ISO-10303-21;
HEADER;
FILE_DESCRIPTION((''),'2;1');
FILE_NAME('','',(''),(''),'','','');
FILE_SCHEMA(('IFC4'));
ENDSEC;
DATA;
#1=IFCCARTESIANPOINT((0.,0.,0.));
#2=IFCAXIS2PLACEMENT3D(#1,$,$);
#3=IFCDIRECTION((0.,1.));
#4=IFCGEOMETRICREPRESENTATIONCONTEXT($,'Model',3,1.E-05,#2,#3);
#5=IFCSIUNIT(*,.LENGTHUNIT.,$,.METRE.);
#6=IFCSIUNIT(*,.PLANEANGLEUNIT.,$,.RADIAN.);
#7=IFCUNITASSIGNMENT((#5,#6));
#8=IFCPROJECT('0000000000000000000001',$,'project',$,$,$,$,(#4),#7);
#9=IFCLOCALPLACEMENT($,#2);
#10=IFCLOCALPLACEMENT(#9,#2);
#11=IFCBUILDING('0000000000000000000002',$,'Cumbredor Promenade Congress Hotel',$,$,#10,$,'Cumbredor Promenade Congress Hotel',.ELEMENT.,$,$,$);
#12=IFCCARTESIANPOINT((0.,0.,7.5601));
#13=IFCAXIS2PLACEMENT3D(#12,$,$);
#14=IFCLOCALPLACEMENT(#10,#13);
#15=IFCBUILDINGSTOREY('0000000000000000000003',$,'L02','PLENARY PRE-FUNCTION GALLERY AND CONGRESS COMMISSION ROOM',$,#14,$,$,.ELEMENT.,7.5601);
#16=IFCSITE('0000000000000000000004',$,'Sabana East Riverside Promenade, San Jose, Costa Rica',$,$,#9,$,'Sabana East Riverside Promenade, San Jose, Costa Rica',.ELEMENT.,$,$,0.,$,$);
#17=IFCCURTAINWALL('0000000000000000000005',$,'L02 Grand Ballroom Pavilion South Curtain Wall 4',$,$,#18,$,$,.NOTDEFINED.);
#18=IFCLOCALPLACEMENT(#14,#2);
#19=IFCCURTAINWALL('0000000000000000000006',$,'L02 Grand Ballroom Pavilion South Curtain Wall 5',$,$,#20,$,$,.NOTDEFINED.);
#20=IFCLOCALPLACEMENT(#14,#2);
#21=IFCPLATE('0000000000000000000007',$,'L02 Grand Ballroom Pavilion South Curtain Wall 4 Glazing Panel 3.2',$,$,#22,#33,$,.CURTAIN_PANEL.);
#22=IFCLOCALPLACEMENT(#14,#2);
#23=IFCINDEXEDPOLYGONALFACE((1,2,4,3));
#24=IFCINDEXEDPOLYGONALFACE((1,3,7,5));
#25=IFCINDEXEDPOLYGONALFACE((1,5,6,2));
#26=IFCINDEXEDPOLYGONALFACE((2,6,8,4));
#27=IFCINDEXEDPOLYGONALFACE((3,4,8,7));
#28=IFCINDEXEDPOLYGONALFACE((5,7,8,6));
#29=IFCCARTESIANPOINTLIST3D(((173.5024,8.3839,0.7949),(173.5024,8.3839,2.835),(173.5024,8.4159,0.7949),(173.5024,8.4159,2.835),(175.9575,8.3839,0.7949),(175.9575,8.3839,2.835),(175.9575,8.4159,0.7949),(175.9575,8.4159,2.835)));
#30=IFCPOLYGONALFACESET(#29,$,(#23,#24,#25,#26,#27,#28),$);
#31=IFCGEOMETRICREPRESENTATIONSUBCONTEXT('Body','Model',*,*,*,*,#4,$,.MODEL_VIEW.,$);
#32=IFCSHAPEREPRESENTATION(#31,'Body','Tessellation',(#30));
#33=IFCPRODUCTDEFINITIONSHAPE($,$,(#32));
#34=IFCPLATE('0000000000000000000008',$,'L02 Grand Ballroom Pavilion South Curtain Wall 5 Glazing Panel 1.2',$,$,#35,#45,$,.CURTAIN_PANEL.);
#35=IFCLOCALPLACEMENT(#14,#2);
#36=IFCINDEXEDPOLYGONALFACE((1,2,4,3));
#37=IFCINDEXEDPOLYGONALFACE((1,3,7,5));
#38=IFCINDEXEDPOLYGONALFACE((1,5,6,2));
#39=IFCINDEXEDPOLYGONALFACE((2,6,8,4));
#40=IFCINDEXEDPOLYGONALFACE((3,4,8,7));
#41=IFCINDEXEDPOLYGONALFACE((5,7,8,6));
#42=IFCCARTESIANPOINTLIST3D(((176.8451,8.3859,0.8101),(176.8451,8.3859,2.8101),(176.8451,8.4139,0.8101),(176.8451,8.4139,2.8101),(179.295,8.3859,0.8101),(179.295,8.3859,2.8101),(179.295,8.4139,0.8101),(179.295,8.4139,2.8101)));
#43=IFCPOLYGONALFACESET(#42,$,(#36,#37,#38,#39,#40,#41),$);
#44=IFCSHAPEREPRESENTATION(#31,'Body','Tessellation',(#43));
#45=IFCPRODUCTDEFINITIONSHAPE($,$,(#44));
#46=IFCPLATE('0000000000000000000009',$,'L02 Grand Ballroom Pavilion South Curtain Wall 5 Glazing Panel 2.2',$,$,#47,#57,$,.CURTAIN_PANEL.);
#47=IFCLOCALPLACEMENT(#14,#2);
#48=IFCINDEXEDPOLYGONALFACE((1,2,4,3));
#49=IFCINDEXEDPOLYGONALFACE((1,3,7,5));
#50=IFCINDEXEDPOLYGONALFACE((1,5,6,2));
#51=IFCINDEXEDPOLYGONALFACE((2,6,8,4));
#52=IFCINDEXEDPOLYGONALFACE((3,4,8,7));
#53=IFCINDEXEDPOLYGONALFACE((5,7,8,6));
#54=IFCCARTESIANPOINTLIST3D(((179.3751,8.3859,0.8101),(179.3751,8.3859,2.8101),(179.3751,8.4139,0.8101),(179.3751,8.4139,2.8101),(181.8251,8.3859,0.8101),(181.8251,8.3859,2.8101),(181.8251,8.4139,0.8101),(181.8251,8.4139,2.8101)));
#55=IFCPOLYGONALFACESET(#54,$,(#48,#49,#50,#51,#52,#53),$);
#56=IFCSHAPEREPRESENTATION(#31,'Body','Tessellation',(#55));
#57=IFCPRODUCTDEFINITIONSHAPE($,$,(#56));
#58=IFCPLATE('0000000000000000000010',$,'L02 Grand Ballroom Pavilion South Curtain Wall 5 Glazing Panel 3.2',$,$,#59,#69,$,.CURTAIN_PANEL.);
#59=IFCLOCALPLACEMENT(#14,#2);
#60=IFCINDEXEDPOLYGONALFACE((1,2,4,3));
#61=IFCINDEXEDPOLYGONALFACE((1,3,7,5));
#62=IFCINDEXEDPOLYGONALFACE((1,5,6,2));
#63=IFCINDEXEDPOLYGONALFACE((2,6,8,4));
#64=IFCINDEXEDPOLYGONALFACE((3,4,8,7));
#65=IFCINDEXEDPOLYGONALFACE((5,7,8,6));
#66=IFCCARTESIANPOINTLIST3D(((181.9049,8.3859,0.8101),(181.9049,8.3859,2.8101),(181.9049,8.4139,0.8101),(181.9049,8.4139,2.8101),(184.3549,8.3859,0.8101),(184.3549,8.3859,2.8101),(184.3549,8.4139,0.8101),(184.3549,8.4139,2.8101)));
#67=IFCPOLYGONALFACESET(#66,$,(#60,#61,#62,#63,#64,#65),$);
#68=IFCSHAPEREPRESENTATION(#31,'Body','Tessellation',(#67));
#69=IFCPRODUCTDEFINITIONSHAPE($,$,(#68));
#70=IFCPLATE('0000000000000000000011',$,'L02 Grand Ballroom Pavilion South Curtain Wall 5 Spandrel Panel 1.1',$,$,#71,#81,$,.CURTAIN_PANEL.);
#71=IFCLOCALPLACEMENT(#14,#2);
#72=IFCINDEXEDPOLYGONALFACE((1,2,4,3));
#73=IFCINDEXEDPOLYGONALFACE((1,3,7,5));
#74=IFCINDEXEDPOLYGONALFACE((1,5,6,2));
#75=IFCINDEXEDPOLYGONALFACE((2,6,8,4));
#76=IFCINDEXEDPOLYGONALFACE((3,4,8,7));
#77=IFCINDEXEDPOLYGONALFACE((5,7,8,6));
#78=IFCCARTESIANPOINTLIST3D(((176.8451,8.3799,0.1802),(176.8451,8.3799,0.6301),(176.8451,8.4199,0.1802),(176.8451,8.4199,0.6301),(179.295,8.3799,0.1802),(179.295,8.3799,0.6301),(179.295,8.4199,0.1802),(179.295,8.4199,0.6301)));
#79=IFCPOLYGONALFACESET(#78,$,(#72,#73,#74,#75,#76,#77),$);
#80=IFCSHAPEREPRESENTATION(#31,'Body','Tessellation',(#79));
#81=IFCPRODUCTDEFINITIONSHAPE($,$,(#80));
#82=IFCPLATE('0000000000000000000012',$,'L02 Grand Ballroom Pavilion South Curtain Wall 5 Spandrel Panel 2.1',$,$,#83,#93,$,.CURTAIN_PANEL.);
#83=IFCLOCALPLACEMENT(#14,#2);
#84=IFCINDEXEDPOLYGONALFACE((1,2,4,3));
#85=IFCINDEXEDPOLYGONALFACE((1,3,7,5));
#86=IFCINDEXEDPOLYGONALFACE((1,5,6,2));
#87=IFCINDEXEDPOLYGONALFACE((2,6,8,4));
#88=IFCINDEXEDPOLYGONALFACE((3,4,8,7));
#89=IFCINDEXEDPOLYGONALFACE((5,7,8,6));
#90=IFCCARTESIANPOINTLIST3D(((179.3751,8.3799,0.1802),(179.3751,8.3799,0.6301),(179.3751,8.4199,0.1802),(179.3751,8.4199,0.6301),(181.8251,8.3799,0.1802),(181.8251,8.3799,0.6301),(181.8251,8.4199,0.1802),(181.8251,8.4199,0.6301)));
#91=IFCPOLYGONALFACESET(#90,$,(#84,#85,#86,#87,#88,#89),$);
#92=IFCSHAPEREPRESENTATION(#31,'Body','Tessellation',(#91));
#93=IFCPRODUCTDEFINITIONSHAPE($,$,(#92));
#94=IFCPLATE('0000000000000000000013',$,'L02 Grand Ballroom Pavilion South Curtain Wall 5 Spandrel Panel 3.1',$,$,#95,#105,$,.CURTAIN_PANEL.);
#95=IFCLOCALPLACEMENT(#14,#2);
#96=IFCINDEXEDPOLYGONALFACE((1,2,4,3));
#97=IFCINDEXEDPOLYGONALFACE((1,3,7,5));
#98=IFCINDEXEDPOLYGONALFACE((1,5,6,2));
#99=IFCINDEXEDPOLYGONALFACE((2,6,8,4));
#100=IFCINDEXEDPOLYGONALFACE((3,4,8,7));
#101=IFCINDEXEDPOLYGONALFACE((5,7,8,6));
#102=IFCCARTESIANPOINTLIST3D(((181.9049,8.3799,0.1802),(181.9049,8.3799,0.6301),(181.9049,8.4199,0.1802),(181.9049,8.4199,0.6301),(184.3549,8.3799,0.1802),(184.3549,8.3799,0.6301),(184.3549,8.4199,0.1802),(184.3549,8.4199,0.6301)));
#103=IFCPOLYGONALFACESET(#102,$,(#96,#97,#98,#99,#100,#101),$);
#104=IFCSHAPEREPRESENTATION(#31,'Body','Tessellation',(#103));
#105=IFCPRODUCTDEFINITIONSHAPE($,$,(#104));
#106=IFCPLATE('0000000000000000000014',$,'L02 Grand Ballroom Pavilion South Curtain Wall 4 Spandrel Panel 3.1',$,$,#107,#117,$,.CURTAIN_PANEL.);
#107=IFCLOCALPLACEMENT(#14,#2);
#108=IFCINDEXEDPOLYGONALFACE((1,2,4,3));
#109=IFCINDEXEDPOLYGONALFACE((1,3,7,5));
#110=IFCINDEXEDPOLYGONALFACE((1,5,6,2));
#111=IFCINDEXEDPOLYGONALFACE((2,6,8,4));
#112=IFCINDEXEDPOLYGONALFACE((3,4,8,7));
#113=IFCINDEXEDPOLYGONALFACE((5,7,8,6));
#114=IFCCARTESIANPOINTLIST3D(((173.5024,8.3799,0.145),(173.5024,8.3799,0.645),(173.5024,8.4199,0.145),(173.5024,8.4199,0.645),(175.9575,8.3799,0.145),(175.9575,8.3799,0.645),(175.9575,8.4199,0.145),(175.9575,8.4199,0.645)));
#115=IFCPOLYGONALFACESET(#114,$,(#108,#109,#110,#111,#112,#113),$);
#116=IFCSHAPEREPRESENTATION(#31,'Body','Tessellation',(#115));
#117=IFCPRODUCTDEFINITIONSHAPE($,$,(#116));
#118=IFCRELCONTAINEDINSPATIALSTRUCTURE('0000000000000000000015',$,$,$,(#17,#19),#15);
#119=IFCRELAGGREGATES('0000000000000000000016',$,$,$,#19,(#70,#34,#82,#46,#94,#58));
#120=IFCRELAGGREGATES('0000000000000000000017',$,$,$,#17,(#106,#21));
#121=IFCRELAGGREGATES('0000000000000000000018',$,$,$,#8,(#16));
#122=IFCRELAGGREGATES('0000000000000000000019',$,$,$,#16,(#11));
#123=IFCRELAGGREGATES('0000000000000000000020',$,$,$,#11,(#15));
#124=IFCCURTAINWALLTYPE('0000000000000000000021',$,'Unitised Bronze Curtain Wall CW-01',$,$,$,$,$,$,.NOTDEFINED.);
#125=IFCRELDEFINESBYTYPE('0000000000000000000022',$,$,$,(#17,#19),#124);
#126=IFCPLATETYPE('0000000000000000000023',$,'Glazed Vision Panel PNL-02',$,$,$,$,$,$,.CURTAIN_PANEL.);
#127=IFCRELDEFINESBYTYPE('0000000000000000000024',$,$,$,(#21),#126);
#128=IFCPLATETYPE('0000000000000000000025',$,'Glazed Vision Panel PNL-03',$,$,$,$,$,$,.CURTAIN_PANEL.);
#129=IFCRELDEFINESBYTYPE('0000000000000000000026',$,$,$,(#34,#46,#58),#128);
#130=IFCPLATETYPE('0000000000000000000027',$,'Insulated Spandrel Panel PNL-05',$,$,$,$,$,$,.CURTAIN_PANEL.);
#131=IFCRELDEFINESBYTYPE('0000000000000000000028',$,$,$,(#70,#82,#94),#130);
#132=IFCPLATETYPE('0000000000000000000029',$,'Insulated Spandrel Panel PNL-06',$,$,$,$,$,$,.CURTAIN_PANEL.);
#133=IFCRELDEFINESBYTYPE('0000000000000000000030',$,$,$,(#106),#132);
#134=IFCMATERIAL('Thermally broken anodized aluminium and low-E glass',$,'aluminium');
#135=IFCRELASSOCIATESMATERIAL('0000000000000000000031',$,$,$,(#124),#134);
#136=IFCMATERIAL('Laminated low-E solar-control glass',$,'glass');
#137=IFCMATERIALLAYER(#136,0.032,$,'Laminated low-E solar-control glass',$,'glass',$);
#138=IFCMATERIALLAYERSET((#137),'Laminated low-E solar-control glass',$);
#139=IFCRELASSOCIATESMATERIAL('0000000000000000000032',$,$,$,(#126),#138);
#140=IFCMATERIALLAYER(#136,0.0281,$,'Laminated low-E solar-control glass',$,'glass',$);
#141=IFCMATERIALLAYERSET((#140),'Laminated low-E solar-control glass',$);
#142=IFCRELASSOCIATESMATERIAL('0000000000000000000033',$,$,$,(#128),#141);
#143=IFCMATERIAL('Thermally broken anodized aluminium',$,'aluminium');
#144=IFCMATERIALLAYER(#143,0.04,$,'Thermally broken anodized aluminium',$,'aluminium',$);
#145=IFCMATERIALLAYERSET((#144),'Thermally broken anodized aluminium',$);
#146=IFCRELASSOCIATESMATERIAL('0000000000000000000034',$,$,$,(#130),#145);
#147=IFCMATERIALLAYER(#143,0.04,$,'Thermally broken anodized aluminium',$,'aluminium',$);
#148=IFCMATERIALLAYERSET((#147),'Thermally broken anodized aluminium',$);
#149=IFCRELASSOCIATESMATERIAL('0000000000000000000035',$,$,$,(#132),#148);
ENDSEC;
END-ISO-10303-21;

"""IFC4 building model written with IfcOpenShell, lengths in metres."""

from ifc_helpers import new_model, si_unit, direction, frame, origin, origin_2d, place, context, subcontext, project, spatial, rectangle, extrude, material, layer, layer_set, type_object, element, aggregate, save


model = new_model("IFC4")

# Units and contexts
model_context = context("Model", 3, precision=1e-05, world=origin(), true_north=direction((0.0, 1.0)))
body_context = subcontext(model_context, "Body", "Model", "MODEL_VIEW")
ifc_project = project(units=[si_unit("LENGTHUNIT", "METRE"), si_unit("PLANEANGLEUNIT", "RADIAN")], contexts=[model_context])

# Site, building, storey
site_placement = place(None, origin())
site = spatial("IfcSite", under=ifc_project, at=site_placement, Name="Sabana East Riverside Promenade, San Jose, Costa Rica", LongName="Sabana East Riverside Promenade, San Jose, Costa Rica", CompositionType="ELEMENT", RefElevation=0.0)
building_placement = place(site_placement, origin())
building = spatial("IfcBuilding", under=site, at=building_placement, Name="Cumbredor Promenade Congress Hotel", LongName="Cumbredor Promenade Congress Hotel", CompositionType="ELEMENT")
storey_placement = place(building_placement, frame((0.0, 0.0, 7.5601)))
storey = spatial("IfcBuildingStorey", under=building, at=storey_placement, Name="L02", Description="PLENARY PRE-FUNCTION GALLERY AND CONGRESS COMMISSION ROOM", CompositionType="ELEMENT", Elevation=7.5601)

# Curtain wall
ifc_material_1 = material(Name="Thermally broken anodized aluminium and low-E glass", Category="aluminium")
curtain_wall_type = type_object("IfcCurtainWallType", Name="Unitised Bronze Curtain Wall CW-01", PredefinedType="NOTDEFINED", material=ifc_material_1)
curtain_wall_1_placement = place(storey_placement, origin())
curtain_wall_1 = element("IfcCurtainWall", 1, at=curtain_wall_1_placement, inside=storey, type_object=curtain_wall_type, Name="L02 Grand Ballroom Pavilion South Curtain Wall 4", PredefinedType="NOTDEFINED")
ifc_material_2 = material(Name="Thermally broken anodized aluminium", Category="aluminium")

# Curtain wall
curtain_wall_2_placement = place(storey_placement, origin())
curtain_wall_2 = element("IfcCurtainWall", 2, at=curtain_wall_2_placement, inside=storey, type_object=curtain_wall_type, Name="L02 Grand Ballroom Pavilion South Curtain Wall 5", PredefinedType="NOTDEFINED")

# Plates
ifc_material_3 = material(Name="Laminated low-E solar-control glass", Category="glass")
ifc_layer_1 = layer(ifc_material_3, 0.032, Name="Laminated low-E solar-control glass", Category="glass")
ifc_layer_set_1 = layer_set([ifc_layer_1], Name="Laminated low-E solar-control glass")
plate_type_1 = type_object("IfcPlateType", Name="Glazed Vision Panel PNL-02", PredefinedType="CURTAIN_PANEL", material=ifc_layer_set_1)
plate_1_placement = place(storey_placement, frame((174.73, 8.3999, 0.7949), z_axis=(0.0, 0.0, 1.0), x_axis=(1.0, 0.0, 0.0)))
plate_1 = element("IfcPlate", 3, at=plate_1_placement, type_object=plate_type_1, Name="L02 Grand Ballroom Pavilion South Curtain Wall 4 Glazing Panel 3.2", PredefinedType="CURTAIN_PANEL", context=body_context, shape_type="SweptSolid", body=[
    extrude(rectangle(XDim=2.4551, YDim=0.032, at=origin_2d()), origin(), (0.0, 0.0, 1.0), 2.04),
])
ifc_layer_2 = layer(ifc_material_3, 0.0281, Name="Laminated low-E solar-control glass", Category="glass")
ifc_layer_set_2 = layer_set([ifc_layer_2], Name="Laminated low-E solar-control glass")
plate_type_2 = type_object("IfcPlateType", Name="Glazed Vision Panel PNL-03", PredefinedType="CURTAIN_PANEL", material=ifc_layer_set_2)
plate_2_placement = place(storey_placement, frame((178.0701, 8.3999, 0.8101), z_axis=(0.0, 0.0, 1.0), x_axis=(1.0, 0.0, 0.0)))
plate_2 = element("IfcPlate", 4, at=plate_2_placement, type_object=plate_type_2, Name="L02 Grand Ballroom Pavilion South Curtain Wall 5 Glazing Panel 1.2", PredefinedType="CURTAIN_PANEL", context=body_context, shape_type="SweptSolid", body=[
    extrude(rectangle(XDim=2.45, YDim=0.0281, at=origin_2d()), origin(), (0.0, 0.0, 1.0), 2.0),
])
plate_3_placement = place(storey_placement, frame((180.6001, 8.3999, 0.8101), z_axis=(0.0, 0.0, 1.0), x_axis=(1.0, 0.0, 0.0)))
plate_3 = element("IfcPlate", 5, at=plate_3_placement, type_object=plate_type_2, Name="L02 Grand Ballroom Pavilion South Curtain Wall 5 Glazing Panel 2.2", PredefinedType="CURTAIN_PANEL", context=body_context, shape_type="SweptSolid", body=[
    extrude(rectangle(XDim=2.45, YDim=0.0281, at=origin_2d()), origin(), (0.0, 0.0, 1.0), 2.0),
])
plate_4_placement = place(storey_placement, frame((183.1299, 8.3999, 0.8101), z_axis=(0.0, 0.0, 1.0), x_axis=(1.0, 0.0, 0.0)))
plate_4 = element("IfcPlate", 6, at=plate_4_placement, type_object=plate_type_2, Name="L02 Grand Ballroom Pavilion South Curtain Wall 5 Glazing Panel 3.2", PredefinedType="CURTAIN_PANEL", context=body_context, shape_type="SweptSolid", body=[
    extrude(rectangle(XDim=2.45, YDim=0.0281, at=origin_2d()), origin(), (0.0, 0.0, 1.0), 2.0),
])
ifc_layer_3 = layer(ifc_material_2, 0.04, Name="Thermally broken anodized aluminium", Category="aluminium")
ifc_layer_set_3 = layer_set([ifc_layer_3], Name="Thermally broken anodized aluminium")
plate_type_3 = type_object("IfcPlateType", Name="Insulated Spandrel Panel PNL-05", PredefinedType="CURTAIN_PANEL", material=ifc_layer_set_3)
plate_5_placement = place(storey_placement, frame((178.0701, 8.3999, 0.1802), z_axis=(0.0, 0.0, 1.0), x_axis=(1.0, 0.0, 0.0)))
plate_5 = element("IfcPlate", 7, at=plate_5_placement, type_object=plate_type_3, Name="L02 Grand Ballroom Pavilion South Curtain Wall 5 Spandrel Panel 1.1", PredefinedType="CURTAIN_PANEL", context=body_context, shape_type="SweptSolid", body=[
    extrude(rectangle(XDim=2.45, YDim=0.04, at=origin_2d()), origin(), (0.0, 0.0, 1.0), 0.45),
])
plate_6_placement = place(storey_placement, frame((180.6001, 8.3999, 0.1802), z_axis=(0.0, 0.0, 1.0), x_axis=(1.0, 0.0, 0.0)))
plate_6 = element("IfcPlate", 8, at=plate_6_placement, type_object=plate_type_3, Name="L02 Grand Ballroom Pavilion South Curtain Wall 5 Spandrel Panel 2.1", PredefinedType="CURTAIN_PANEL", context=body_context, shape_type="SweptSolid", body=[
    extrude(rectangle(XDim=2.45, YDim=0.04, at=origin_2d()), origin(), (0.0, 0.0, 1.0), 0.45),
])
plate_7_placement = place(storey_placement, frame((183.1299, 8.3999, 0.1802), z_axis=(0.0, 0.0, 1.0), x_axis=(1.0, 0.0, 0.0)))
plate_7 = element("IfcPlate", 9, at=plate_7_placement, type_object=plate_type_3, Name="L02 Grand Ballroom Pavilion South Curtain Wall 5 Spandrel Panel 3.1", PredefinedType="CURTAIN_PANEL", context=body_context, shape_type="SweptSolid", body=[
    extrude(rectangle(XDim=2.45, YDim=0.04, at=origin_2d()), origin(), (0.0, 0.0, 1.0), 0.45),
])
aggregate(curtain_wall_2, [plate_5, plate_2, plate_6, plate_3, plate_7, plate_4])
ifc_layer_4 = layer(ifc_material_2, 0.04, Name="Thermally broken anodized aluminium", Category="aluminium")
ifc_layer_set_4 = layer_set([ifc_layer_4], Name="Thermally broken anodized aluminium")
plate_type_4 = type_object("IfcPlateType", Name="Insulated Spandrel Panel PNL-06", PredefinedType="CURTAIN_PANEL", material=ifc_layer_set_4)
plate_8_placement = place(storey_placement, frame((174.73, 8.3999, 0.145), z_axis=(0.0, 0.0, 1.0), x_axis=(1.0, 0.0, 0.0)))
plate_8 = element("IfcPlate", 10, at=plate_8_placement, type_object=plate_type_4, Name="L02 Grand Ballroom Pavilion South Curtain Wall 4 Spandrel Panel 3.1", PredefinedType="CURTAIN_PANEL", context=body_context, shape_type="SweptSolid", body=[
    extrude(rectangle(XDim=2.4551, YDim=0.04, at=origin_2d()), origin(), (0.0, 0.0, 1.0), 0.5),
])
aggregate(curtain_wall_1, [plate_8, plate_1])

save(model, "model.ifc")
